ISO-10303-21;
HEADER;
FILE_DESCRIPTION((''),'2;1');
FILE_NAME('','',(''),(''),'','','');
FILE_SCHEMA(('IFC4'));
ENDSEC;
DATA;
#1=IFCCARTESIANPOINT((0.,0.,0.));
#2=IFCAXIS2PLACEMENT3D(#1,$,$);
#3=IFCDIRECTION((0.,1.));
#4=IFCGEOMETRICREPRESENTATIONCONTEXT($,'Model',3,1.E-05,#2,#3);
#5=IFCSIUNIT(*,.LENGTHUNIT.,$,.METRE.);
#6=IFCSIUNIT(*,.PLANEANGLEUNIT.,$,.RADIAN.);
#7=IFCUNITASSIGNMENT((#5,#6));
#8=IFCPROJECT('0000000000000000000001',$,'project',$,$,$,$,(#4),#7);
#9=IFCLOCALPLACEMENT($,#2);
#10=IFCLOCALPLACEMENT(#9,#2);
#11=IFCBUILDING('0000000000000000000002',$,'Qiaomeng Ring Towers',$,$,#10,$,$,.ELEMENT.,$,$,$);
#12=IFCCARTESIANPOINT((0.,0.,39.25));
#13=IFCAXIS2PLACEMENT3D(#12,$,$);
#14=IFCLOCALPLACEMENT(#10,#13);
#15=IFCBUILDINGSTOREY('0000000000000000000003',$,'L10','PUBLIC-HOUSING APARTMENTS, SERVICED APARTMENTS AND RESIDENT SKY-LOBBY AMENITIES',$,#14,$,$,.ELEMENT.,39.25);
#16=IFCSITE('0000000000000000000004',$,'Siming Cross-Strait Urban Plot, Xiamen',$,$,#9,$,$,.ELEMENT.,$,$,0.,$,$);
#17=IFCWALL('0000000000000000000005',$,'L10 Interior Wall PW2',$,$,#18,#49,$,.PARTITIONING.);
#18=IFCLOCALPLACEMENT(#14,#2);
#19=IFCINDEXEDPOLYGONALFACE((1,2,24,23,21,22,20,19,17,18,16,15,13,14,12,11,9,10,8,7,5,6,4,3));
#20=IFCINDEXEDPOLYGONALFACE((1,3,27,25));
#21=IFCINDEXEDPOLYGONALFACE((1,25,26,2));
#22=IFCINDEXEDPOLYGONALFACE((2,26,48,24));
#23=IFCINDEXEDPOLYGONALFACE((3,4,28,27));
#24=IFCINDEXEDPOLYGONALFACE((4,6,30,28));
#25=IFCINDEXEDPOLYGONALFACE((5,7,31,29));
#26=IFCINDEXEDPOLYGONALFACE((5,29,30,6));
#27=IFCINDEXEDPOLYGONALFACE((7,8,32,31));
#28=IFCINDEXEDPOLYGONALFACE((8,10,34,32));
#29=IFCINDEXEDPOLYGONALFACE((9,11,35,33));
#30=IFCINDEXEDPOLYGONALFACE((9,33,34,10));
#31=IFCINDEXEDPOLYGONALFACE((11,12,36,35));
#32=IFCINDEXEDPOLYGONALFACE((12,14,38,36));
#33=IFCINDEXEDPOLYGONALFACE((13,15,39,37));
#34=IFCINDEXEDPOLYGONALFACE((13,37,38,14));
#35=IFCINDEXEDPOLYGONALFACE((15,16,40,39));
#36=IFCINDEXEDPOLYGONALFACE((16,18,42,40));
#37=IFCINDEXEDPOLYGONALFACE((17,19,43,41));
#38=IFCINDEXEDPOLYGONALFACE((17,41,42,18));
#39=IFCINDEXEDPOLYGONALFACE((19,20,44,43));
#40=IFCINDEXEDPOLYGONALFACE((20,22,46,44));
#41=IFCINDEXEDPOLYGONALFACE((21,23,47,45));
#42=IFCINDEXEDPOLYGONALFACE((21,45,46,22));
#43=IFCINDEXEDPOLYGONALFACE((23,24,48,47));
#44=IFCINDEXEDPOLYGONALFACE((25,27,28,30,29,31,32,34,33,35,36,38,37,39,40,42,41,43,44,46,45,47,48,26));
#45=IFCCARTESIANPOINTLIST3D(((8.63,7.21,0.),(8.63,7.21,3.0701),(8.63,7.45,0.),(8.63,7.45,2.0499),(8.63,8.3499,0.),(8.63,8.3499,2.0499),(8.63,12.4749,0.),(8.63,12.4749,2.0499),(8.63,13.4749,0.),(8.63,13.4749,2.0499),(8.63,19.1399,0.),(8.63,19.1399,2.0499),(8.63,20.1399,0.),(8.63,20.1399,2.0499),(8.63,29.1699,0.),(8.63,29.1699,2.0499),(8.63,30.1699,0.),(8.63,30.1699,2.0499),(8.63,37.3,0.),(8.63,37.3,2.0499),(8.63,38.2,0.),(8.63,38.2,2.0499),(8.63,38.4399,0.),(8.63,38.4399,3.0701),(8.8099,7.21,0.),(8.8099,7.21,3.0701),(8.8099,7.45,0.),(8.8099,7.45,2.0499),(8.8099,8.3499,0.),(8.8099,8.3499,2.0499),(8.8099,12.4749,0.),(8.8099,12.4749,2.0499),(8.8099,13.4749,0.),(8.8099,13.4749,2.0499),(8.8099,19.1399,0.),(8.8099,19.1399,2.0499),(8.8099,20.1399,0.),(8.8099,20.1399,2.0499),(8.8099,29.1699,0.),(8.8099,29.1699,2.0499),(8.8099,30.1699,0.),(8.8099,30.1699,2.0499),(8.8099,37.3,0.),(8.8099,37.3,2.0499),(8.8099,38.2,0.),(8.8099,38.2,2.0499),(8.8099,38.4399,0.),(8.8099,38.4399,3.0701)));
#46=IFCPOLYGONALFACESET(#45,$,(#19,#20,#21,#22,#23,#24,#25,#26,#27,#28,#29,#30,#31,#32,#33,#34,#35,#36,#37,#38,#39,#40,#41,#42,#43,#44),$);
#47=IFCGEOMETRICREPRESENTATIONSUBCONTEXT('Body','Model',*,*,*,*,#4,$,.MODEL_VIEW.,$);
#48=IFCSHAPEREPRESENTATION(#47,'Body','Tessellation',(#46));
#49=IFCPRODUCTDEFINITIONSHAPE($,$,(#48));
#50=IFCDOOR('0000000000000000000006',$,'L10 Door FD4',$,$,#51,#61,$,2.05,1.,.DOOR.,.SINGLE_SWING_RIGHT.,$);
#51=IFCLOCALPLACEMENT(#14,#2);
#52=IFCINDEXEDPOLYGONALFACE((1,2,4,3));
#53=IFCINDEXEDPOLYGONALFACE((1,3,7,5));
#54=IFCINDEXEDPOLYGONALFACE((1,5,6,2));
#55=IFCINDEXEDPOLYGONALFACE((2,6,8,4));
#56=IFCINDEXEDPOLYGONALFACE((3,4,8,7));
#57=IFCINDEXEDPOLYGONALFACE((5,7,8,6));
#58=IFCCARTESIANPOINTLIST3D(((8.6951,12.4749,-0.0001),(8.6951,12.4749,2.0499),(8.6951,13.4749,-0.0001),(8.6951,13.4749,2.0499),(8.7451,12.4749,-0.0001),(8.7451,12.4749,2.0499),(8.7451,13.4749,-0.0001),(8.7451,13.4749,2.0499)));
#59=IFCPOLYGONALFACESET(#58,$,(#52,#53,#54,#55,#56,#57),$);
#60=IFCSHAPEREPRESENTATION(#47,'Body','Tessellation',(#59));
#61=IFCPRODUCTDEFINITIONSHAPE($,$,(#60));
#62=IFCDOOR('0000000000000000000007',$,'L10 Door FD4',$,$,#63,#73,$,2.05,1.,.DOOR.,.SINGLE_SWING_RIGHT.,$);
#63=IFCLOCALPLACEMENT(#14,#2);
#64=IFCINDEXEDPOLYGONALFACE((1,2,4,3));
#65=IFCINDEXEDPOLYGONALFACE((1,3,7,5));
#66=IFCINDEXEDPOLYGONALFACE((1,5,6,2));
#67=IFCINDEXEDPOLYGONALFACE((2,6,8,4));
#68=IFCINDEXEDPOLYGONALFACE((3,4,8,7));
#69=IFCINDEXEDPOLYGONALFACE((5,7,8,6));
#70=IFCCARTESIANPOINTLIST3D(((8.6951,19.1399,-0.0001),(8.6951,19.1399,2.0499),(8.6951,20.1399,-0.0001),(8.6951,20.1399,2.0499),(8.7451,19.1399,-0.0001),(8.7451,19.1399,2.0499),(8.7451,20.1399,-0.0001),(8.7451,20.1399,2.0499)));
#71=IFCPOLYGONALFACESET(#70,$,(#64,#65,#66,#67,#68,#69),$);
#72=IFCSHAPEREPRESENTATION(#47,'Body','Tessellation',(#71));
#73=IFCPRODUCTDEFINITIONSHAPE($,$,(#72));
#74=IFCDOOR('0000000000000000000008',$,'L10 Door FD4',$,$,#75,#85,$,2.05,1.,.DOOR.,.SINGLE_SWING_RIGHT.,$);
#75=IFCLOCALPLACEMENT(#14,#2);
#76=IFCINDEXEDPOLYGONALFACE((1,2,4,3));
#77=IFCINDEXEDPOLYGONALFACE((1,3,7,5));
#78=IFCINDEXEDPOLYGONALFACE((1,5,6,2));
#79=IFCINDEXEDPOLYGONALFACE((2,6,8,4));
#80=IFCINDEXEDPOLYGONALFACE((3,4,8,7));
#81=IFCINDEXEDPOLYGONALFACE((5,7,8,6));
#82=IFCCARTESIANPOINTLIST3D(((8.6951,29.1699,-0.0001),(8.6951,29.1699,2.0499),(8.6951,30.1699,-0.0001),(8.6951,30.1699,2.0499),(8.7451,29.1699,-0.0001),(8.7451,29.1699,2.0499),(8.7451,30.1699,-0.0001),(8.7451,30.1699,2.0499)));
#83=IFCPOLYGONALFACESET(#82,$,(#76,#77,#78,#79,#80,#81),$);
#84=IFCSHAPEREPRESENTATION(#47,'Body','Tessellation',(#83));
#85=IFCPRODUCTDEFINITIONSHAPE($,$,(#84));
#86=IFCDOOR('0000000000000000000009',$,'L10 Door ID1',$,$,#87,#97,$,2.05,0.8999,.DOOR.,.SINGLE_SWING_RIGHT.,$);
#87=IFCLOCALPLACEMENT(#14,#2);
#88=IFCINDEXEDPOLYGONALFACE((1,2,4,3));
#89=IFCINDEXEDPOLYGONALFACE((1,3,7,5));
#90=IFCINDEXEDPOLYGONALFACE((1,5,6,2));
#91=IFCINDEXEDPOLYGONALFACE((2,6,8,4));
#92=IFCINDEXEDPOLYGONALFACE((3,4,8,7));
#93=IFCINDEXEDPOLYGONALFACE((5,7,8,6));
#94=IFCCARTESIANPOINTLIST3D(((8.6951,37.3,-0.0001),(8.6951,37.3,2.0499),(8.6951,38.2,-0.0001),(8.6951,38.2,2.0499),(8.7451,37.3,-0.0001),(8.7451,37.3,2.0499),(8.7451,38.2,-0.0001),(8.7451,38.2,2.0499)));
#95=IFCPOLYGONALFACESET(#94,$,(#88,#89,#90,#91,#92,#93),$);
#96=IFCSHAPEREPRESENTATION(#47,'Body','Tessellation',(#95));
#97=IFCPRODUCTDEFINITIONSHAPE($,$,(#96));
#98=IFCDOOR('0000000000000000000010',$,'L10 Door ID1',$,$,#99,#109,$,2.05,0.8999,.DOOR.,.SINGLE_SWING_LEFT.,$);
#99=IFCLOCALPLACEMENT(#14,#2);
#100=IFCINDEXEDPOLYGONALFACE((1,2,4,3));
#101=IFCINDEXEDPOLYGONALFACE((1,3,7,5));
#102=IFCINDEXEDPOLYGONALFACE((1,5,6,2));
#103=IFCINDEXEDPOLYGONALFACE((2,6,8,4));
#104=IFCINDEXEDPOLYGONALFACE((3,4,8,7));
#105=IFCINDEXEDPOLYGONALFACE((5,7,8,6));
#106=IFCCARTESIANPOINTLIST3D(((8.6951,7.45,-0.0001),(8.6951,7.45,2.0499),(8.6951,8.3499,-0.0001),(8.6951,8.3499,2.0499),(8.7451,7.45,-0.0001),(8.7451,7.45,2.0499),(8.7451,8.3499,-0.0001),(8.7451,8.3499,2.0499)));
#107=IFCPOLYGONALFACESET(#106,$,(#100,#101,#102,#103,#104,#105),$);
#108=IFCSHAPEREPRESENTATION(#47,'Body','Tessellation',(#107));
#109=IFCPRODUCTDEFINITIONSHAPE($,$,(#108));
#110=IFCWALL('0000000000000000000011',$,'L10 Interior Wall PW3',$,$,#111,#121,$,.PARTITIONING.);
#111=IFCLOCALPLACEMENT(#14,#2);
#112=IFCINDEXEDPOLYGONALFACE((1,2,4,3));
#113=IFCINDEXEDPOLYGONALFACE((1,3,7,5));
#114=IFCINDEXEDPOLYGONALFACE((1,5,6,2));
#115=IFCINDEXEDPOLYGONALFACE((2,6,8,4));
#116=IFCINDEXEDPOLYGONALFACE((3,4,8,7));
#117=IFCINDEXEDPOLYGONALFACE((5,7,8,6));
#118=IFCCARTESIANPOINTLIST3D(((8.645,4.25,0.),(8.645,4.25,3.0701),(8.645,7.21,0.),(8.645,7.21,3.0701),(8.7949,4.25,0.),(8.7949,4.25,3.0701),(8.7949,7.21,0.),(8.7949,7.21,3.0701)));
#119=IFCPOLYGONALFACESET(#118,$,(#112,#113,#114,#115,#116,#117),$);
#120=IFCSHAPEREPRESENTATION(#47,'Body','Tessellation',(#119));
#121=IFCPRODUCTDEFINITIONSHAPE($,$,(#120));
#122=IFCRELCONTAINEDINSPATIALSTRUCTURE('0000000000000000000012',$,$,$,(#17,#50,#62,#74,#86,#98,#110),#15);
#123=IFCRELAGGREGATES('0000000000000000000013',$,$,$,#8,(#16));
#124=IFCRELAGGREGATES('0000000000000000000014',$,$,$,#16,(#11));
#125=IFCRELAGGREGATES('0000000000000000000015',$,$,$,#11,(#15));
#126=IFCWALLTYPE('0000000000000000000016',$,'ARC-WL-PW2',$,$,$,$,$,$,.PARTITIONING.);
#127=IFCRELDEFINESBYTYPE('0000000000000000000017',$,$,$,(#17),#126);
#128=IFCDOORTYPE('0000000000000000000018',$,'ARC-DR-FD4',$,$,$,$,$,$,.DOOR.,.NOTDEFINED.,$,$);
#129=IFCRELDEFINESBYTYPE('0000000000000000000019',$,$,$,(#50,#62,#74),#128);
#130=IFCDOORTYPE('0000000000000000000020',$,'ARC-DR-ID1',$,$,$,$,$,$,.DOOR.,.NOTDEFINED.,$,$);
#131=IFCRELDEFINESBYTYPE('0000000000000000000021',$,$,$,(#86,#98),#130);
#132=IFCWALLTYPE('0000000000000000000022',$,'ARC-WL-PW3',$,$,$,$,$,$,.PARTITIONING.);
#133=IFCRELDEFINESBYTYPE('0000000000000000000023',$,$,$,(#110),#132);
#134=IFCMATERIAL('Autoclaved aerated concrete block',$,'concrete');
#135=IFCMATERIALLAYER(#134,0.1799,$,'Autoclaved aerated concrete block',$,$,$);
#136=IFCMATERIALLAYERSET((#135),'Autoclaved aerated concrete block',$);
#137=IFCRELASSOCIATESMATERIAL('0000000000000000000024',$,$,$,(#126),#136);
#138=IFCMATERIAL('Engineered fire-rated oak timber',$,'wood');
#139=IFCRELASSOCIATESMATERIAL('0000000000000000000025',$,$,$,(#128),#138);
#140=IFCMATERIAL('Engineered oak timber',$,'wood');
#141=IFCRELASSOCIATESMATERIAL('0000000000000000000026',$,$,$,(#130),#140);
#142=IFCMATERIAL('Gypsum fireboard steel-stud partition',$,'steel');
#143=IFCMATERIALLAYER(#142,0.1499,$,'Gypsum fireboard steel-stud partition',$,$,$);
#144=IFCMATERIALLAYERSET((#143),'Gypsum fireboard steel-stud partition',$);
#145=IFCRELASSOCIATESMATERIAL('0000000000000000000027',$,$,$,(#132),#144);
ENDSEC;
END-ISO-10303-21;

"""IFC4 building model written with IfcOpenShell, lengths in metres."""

from ifc_helpers import new_model, si_unit, direction, frame, frame_2d, origin, place, context, subcontext, project, spatial, rectangle, extrude, source, transform, mapped, material, layer, layer_set, type_object, element, fill, save


model = new_model("IFC4")

# Units and contexts
model_context = context("Model", 3, precision=1e-05, world=origin(), true_north=direction((0.0, 1.0)))
body_context = subcontext(model_context, "Body", "Model", "MODEL_VIEW")
ifc_project = project(units=[si_unit("LENGTHUNIT", "METRE"), si_unit("PLANEANGLEUNIT", "RADIAN")], contexts=[model_context])

# Site, building, storey
site_placement = place(None, origin())
site = spatial("IfcSite", under=ifc_project, at=site_placement, Name="Siming Cross-Strait Urban Plot, Xiamen", CompositionType="ELEMENT", RefElevation=0.0)
building_placement = place(site_placement, origin())
building = spatial("IfcBuilding", under=site, at=building_placement, Name="Qiaomeng Ring Towers", CompositionType="ELEMENT")
storey_placement = place(building_placement, frame((0.0, 0.0, 39.25)))
storey = spatial("IfcBuildingStorey", under=building, at=storey_placement, Name="L10", Description="PUBLIC-HOUSING APARTMENTS, SERVICED APARTMENTS AND RESIDENT SKY-LOBBY AMENITIES", CompositionType="ELEMENT", Elevation=39.25)

# Wall, openings, doors
ifc_material_1 = material(Name="Autoclaved aerated concrete block", Category="concrete")
ifc_layer_1 = layer(ifc_material_1, 0.1799, Name="Autoclaved aerated concrete block")
ifc_layer_set_1 = layer_set([ifc_layer_1], Name="Autoclaved aerated concrete block")
wall_type_1 = type_object("IfcWallType", Name="ARC-WL-PW2", PredefinedType="PARTITIONING", material=ifc_layer_set_1)
ifc_material_2 = material(Name="Engineered fire-rated oak timber", Category="wood")
door_type_1 = type_object("IfcDoorType", Name="ARC-DR-FD4", OperationType="NOTDEFINED", PredefinedType="DOOR", material=ifc_material_2)
shared_shape_1 = source(origin(), body_context, "Body", "SweptSolid", [
    extrude(rectangle(XDim=1.0, YDim=2.05, at=frame_2d((0.5, 1.0249))), frame((0.0, 0.0249, 0.0), z_axis=(0.0, -1.0, 0.0), x_axis=(1.0, 0.0, 0.0)), (0.0, 0.0, 1.0), 0.05),
])
wall_1_placement = place(storey_placement, frame((8.72, 7.21, 0.0), z_axis=(0.0, 0.0, 1.0), x_axis=(0.0, 1.0, 0.0)))
wall_1 = element("IfcWall", 1, at=wall_1_placement, inside=storey, type_object=wall_type_1, Name="L10 Interior Wall PW2", PredefinedType="PARTITIONING", context=body_context, shape_type="SweptSolid", body=[
    extrude(rectangle(XDim=31.23, YDim=0.1799, at=frame_2d((15.615, 0.0))), origin(), (0.0, 0.0, 1.0), 3.0701),
])
opening_1_placement = place(wall_1_placement, frame((30.0901, 0.0, 0.0)))
opening_1 = element("IfcOpeningElement", 2, at=opening_1_placement, cuts=wall_1, PredefinedType="OPENING", context=body_context, shape_type="SweptSolid", body=[
    extrude(rectangle(XDim=0.8999, YDim=2.05, at=frame_2d((0.45, 1.0249))), frame((0.0, 0.0999, 0.0), z_axis=(0.0, -1.0, 0.0), x_axis=(1.0, 0.0, 0.0)), (0.0, 0.0, 1.0), 0.2),
])
opening_2_placement = place(wall_1_placement, frame((0.24, 0.0, 0.0)))
opening_2 = element("IfcOpeningElement", 3, at=opening_2_placement, cuts=wall_1, PredefinedType="OPENING", context=body_context, shape_type="SweptSolid", body=[
    extrude(rectangle(XDim=0.8999, YDim=2.05, at=frame_2d((0.45, 1.0249))), frame((0.0, 0.0999, 0.0), z_axis=(0.0, -1.0, 0.0), x_axis=(1.0, 0.0, 0.0)), (0.0, 0.0, 1.0), 0.2),
])
opening_3_placement = place(wall_1_placement, frame((5.2649, 0.0, 0.0)))
opening_3 = element("IfcOpeningElement", 4, at=opening_3_placement, cuts=wall_1, PredefinedType="OPENING", context=body_context, shape_type="SweptSolid", body=[
    extrude(rectangle(XDim=1.0, YDim=2.05, at=frame_2d((0.5, 1.0249))), frame((0.0, 0.0999, 0.0), z_axis=(0.0, -1.0, 0.0), x_axis=(1.0, 0.0, 0.0)), (0.0, 0.0, 1.0), 0.2),
])
opening_4_placement = place(wall_1_placement, frame((11.9299, 0.0, 0.0)))
opening_4 = element("IfcOpeningElement", 5, at=opening_4_placement, cuts=wall_1, PredefinedType="OPENING", context=body_context, shape_type="SweptSolid", body=[
    extrude(rectangle(XDim=1.0, YDim=2.05, at=frame_2d((0.5, 1.0249))), frame((0.0, 0.0999, 0.0), z_axis=(0.0, -1.0, 0.0), x_axis=(1.0, 0.0, 0.0)), (0.0, 0.0, 1.0), 0.2),
])
opening_5_placement = place(wall_1_placement, frame((21.96, 0.0, 0.0)))
opening_5 = element("IfcOpeningElement", 6, at=opening_5_placement, cuts=wall_1, PredefinedType="OPENING", context=body_context, shape_type="SweptSolid", body=[
    extrude(rectangle(XDim=1.0, YDim=2.05, at=frame_2d((0.5, 1.0249))), frame((0.0, 0.0999, 0.0), z_axis=(0.0, -1.0, 0.0), x_axis=(1.0, 0.0, 0.0)), (0.0, 0.0, 1.0), 0.2),
])
door_1_placement = place(opening_3_placement, origin())
door_1 = element("IfcDoor", 7, at=door_1_placement, inside=storey, type_object=door_type_1, Name="L10 Door FD4", OperationType="SINGLE_SWING_RIGHT", OverallHeight=2.05, OverallWidth=1.0, PredefinedType="DOOR", context=body_context, shape_type="MappedRepresentation", body=[
    mapped(shared_shape_1, transform((0.0, 0.0, 0.0), x_axis=(1.0, 0.0, 0.0), y_axis=(0.0, 1.0, 0.0), z_axis=(0.0, 0.0, 1.0), scale=1.0)),
])
fill(opening_3, door_1)
door_2_placement = place(opening_4_placement, origin())
door_2 = element("IfcDoor", 8, at=door_2_placement, inside=storey, type_object=door_type_1, Name="L10 Door FD4", OperationType="SINGLE_SWING_RIGHT", OverallHeight=2.05, OverallWidth=1.0, PredefinedType="DOOR", context=body_context, shape_type="MappedRepresentation", body=[
    mapped(shared_shape_1, transform((0.0, 0.0, 0.0), x_axis=(1.0, 0.0, 0.0), y_axis=(0.0, 1.0, 0.0), z_axis=(0.0, 0.0, 1.0), scale=1.0)),
])
fill(opening_4, door_2)
door_3_placement = place(opening_5_placement, origin())
door_3 = element("IfcDoor", 9, at=door_3_placement, inside=storey, type_object=door_type_1, Name="L10 Door FD4", OperationType="SINGLE_SWING_RIGHT", OverallHeight=2.05, OverallWidth=1.0, PredefinedType="DOOR", context=body_context, shape_type="MappedRepresentation", body=[
    mapped(shared_shape_1, transform((0.0, 0.0, 0.0), x_axis=(1.0, 0.0, 0.0), y_axis=(0.0, 1.0, 0.0), z_axis=(0.0, 0.0, 1.0), scale=1.0)),
])
fill(opening_5, door_3)
ifc_material_3 = material(Name="Engineered oak timber", Category="wood")
door_type_2 = type_object("IfcDoorType", Name="ARC-DR-ID1", OperationType="NOTDEFINED", PredefinedType="DOOR", material=ifc_material_3)
shared_shape_2 = source(origin(), body_context, "Body", "SweptSolid", [
    extrude(rectangle(XDim=0.8999, YDim=2.05, at=frame_2d((0.45, 1.0249))), frame((0.0, 0.0249, 0.0), z_axis=(0.0, -1.0, 0.0), x_axis=(1.0, 0.0, 0.0)), (0.0, 0.0, 1.0), 0.05),
])
door_4_placement = place(opening_1_placement, origin())
door_4 = element("IfcDoor", 10, at=door_4_placement, inside=storey, type_object=door_type_2, Name="L10 Door ID1", OperationType="SINGLE_SWING_RIGHT", OverallHeight=2.05, OverallWidth=0.8999, PredefinedType="DOOR", context=body_context, shape_type="MappedRepresentation", body=[
    mapped(shared_shape_2, transform((0.0, 0.0, 0.0), x_axis=(1.0, 0.0, 0.0), y_axis=(0.0, 1.0, 0.0), z_axis=(0.0, 0.0, 1.0), scale=1.0)),
])
fill(opening_1, door_4)
door_5_placement = place(opening_2_placement, origin())
door_5 = element("IfcDoor", 11, at=door_5_placement, inside=storey, type_object=door_type_2, Name="L10 Door ID1", OperationType="SINGLE_SWING_LEFT", OverallHeight=2.05, OverallWidth=0.8999, PredefinedType="DOOR", context=body_context, shape_type="MappedRepresentation", body=[
    mapped(shared_shape_2, transform((0.0, 0.0, 0.0), x_axis=(1.0, 0.0, 0.0), y_axis=(0.0, 1.0, 0.0), z_axis=(0.0, 0.0, 1.0), scale=1.0)),
])
fill(opening_2, door_5)

# Wall
ifc_material_4 = material(Name="Gypsum fireboard steel-stud partition", Category="steel")
ifc_layer_2 = layer(ifc_material_4, 0.1499, Name="Gypsum fireboard steel-stud partition")
ifc_layer_set_2 = layer_set([ifc_layer_2], Name="Gypsum fireboard steel-stud partition")
wall_type_2 = type_object("IfcWallType", Name="ARC-WL-PW3", PredefinedType="PARTITIONING", material=ifc_layer_set_2)
wall_2_placement = place(storey_placement, frame((8.72, 4.25, 0.0), z_axis=(0.0, 0.0, 1.0), x_axis=(0.0, 1.0, 0.0)))
element("IfcWall", 12, at=wall_2_placement, inside=storey, type_object=wall_type_2, Name="L10 Interior Wall PW3", PredefinedType="PARTITIONING", context=body_context, shape_type="SweptSolid", body=[
    extrude(rectangle(XDim=2.96, YDim=0.1499, at=frame_2d((1.48, 0.0))), origin(), (0.0, 0.0, 1.0), 3.0701),
])

save(model, "model.ifc")
